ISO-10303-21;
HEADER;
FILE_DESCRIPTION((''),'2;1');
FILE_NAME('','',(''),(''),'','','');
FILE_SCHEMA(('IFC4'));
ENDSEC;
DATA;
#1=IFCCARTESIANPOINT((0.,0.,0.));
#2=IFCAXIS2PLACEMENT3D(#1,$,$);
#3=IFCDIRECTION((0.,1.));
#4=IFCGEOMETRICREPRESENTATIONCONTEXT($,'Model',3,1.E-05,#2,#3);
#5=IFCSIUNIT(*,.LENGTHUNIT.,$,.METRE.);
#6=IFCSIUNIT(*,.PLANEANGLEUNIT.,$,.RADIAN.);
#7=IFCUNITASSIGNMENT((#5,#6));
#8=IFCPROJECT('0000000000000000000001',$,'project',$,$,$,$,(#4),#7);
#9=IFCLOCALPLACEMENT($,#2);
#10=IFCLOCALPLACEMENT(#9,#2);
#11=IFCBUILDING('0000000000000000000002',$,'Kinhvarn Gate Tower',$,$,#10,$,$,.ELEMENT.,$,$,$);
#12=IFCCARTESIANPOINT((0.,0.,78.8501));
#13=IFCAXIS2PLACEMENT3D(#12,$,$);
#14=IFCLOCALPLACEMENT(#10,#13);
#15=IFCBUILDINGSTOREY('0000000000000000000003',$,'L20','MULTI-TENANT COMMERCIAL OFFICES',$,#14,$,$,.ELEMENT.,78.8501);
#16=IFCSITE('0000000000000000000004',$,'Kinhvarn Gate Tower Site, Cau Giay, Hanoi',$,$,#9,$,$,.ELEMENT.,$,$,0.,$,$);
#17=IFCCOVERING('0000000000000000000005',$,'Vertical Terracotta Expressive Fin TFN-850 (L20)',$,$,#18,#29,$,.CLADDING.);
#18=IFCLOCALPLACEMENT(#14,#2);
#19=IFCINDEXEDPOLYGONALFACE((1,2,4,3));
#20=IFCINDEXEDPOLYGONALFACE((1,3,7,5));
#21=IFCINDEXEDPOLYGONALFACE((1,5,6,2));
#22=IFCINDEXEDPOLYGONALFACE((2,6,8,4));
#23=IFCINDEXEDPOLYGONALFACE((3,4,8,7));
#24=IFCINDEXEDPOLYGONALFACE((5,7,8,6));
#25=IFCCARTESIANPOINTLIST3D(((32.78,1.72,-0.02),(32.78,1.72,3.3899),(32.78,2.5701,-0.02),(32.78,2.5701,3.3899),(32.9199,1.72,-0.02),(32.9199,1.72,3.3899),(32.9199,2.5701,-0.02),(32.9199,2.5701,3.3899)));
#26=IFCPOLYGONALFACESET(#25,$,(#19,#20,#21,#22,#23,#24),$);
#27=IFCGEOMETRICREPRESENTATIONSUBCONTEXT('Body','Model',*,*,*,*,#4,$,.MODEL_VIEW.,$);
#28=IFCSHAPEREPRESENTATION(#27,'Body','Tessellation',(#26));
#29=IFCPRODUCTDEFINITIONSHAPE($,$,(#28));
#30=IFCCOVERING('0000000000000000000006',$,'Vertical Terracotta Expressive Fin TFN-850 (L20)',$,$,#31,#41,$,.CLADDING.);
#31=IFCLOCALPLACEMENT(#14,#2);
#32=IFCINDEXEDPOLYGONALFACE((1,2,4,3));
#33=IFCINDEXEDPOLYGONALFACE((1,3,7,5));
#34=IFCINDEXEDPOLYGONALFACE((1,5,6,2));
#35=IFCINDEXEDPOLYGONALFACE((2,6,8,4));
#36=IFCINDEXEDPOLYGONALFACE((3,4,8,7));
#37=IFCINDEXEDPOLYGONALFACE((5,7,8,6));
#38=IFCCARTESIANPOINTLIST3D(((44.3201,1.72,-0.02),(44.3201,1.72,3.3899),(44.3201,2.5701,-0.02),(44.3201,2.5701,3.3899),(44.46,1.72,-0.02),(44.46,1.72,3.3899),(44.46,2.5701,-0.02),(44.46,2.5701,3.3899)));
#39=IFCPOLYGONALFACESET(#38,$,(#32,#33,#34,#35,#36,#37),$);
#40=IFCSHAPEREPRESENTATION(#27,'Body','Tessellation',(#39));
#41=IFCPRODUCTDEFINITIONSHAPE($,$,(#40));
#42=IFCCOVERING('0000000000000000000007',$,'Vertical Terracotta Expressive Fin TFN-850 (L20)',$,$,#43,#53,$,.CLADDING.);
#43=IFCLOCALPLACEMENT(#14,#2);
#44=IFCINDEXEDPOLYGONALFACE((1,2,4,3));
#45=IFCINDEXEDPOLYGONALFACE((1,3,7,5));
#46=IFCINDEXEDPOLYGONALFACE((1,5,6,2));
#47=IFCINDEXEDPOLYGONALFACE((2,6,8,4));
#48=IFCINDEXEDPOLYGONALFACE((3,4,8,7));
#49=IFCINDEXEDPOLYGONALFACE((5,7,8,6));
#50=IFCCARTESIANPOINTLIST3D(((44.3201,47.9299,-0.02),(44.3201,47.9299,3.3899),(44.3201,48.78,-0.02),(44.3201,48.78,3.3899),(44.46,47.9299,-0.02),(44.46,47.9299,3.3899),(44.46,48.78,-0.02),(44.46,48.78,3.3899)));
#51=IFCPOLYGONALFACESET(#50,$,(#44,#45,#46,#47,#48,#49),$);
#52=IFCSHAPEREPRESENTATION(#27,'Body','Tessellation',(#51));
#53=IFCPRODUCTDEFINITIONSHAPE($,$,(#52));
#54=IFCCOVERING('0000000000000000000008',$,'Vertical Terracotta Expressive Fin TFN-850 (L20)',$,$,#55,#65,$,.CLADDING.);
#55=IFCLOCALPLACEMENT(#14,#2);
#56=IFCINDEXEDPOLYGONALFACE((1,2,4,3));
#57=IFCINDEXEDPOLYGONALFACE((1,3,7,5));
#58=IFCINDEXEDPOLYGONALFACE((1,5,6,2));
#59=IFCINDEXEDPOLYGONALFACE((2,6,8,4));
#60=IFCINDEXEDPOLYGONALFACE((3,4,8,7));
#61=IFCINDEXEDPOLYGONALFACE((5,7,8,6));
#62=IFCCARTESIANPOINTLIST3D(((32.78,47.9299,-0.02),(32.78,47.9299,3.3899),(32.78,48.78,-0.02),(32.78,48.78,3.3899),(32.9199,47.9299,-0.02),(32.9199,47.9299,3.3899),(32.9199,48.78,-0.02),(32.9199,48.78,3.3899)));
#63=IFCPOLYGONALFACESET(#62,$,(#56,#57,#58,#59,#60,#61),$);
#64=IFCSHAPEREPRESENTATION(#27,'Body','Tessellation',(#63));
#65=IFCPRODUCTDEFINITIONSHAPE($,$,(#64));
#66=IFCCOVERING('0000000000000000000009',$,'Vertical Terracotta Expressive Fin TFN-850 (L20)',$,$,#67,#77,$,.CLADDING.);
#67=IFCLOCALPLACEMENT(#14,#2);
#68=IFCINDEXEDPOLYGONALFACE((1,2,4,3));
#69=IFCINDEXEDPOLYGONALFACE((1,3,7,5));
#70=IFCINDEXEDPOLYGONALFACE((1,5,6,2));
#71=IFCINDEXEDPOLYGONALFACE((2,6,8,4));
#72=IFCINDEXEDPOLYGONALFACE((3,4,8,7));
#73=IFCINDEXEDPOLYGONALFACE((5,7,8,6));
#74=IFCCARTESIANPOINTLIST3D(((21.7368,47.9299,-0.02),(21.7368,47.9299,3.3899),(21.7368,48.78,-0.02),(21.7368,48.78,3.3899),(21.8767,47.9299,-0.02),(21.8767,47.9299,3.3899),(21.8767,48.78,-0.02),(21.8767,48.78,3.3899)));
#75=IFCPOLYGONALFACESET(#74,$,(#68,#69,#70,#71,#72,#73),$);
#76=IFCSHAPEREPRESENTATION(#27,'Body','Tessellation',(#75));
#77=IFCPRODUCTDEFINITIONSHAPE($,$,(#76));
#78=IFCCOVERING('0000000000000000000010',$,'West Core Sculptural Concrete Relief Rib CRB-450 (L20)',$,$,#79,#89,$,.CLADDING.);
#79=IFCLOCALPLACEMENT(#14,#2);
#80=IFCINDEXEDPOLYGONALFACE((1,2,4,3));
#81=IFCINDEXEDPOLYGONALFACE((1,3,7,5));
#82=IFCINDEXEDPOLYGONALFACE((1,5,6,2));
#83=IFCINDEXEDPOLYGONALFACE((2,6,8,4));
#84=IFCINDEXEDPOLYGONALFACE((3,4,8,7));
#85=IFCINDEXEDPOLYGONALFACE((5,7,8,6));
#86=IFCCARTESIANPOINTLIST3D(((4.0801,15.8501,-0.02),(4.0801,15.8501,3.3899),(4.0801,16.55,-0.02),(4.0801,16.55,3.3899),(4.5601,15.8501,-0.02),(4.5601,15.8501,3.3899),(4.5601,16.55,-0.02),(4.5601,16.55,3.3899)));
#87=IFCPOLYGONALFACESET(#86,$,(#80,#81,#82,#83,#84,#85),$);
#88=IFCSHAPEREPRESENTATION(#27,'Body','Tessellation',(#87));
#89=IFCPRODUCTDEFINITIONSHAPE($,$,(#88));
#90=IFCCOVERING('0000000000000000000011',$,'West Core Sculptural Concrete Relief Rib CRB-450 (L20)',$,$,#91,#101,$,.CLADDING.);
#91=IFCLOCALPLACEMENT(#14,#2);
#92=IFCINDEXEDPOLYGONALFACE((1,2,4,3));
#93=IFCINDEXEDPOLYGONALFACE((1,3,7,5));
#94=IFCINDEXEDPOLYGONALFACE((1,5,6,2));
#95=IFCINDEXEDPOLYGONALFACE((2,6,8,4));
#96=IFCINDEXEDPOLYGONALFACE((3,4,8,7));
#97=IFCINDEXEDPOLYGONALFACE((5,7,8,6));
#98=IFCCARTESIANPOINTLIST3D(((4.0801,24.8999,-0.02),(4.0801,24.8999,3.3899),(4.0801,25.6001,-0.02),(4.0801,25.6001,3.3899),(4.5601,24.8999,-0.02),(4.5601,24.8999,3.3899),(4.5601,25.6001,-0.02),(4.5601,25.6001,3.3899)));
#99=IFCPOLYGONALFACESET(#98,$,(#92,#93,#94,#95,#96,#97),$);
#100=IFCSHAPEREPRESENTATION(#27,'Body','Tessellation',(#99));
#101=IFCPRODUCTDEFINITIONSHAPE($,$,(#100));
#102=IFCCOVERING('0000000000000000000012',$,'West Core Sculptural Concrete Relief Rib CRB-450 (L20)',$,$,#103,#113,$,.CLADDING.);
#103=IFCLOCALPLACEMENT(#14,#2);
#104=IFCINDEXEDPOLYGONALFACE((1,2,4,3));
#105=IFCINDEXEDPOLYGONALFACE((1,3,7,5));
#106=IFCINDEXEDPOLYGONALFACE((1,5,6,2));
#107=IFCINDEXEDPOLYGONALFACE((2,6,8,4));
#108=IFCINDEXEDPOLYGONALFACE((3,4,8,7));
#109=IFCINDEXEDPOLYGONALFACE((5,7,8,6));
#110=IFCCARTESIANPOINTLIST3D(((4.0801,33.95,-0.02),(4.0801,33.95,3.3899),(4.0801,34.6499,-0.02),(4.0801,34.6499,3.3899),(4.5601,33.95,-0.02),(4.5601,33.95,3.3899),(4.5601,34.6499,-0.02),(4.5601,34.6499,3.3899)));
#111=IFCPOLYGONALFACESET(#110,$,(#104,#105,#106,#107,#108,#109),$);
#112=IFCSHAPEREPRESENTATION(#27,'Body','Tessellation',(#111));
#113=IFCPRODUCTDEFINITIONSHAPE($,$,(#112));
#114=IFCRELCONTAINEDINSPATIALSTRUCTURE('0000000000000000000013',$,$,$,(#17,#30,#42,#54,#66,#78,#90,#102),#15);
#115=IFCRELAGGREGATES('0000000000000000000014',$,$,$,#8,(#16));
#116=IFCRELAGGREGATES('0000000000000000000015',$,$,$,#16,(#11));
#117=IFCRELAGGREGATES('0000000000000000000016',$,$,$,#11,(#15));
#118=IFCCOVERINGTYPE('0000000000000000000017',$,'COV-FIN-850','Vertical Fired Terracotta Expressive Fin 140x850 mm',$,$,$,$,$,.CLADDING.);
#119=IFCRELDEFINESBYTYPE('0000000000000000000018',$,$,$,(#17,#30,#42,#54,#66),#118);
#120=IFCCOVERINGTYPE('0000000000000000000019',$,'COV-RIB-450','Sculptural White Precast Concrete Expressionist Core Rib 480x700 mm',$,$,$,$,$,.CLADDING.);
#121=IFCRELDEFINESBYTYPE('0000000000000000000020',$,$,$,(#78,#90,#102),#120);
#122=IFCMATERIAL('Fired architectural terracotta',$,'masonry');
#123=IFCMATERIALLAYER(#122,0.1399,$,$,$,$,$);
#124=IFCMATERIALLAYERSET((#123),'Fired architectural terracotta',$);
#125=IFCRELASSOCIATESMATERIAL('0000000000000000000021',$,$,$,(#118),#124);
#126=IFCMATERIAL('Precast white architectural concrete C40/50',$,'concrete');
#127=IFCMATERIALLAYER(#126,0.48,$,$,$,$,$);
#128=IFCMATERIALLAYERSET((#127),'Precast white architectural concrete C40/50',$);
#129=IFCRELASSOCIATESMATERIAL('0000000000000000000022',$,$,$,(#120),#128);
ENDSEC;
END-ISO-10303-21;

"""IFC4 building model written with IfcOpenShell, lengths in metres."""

from ifc_helpers import new_model, si_unit, direction, frame, origin, place, context, subcontext, project, spatial, polyline, outline, extrude, material, layer, layer_set, type_object, element, save


model = new_model("IFC4")

# Units and contexts
model_context = context("Model", 3, precision=1e-05, world=origin(), true_north=direction((0.0, 1.0)))
body_context = subcontext(model_context, "Body", "Model", "MODEL_VIEW")
ifc_project = project(units=[si_unit("LENGTHUNIT", "METRE"), si_unit("PLANEANGLEUNIT", "RADIAN")], contexts=[model_context])

# Site, building, storey
site_placement = place(None, origin())
site = spatial("IfcSite", under=ifc_project, at=site_placement, Name="Kinhvarn Gate Tower Site, Cau Giay, Hanoi", CompositionType="ELEMENT", RefElevation=0.0)
building_placement = place(site_placement, origin())
building = spatial("IfcBuilding", under=site, at=building_placement, Name="Kinhvarn Gate Tower", CompositionType="ELEMENT")
storey_placement = place(building_placement, frame((0.0, 0.0, 78.8501)))
storey = spatial("IfcBuildingStorey", under=building, at=storey_placement, Name="L20", Description="MULTI-TENANT COMMERCIAL OFFICES", CompositionType="ELEMENT", Elevation=78.8501)

# Shared definitions
ifc_material_1 = material(Name="Precast white architectural concrete C40/50", Category="concrete")

# Coverings
ifc_material_2 = material(Name="Fired architectural terracotta", Category="masonry")
ifc_layer_1 = layer(ifc_material_2, 0.1399)
ifc_layer_set_1 = layer_set([ifc_layer_1], Name="Fired architectural terracotta")
covering_type_1 = type_object("IfcCoveringType", Name="COV-FIN-850", Description="Vertical Fired Terracotta Expressive Fin 140x850 mm", PredefinedType="CLADDING", material=ifc_layer_set_1)
covering_1_placement = place(storey_placement, frame((0.0, 0.0, -0.02)))
element("IfcCovering", 1, at=covering_1_placement, inside=storey, type_object=covering_type_1, Name="Vertical Terracotta Expressive Fin TFN-850 (L20)", PredefinedType="CLADDING", context=body_context, shape_type="SweptSolid", body=[
    extrude(outline(polyline([(32.78, 2.5701), (32.9199, 2.5701), (32.9199, 1.72), (32.78, 1.72), (32.78, 2.5701)])), origin(), (0.0, 0.0, 1.0), 3.4099),
])
covering_2_placement = place(storey_placement, frame((0.0, 0.0, -0.02)))
element("IfcCovering", 2, at=covering_2_placement, inside=storey, type_object=covering_type_1, Name="Vertical Terracotta Expressive Fin TFN-850 (L20)", PredefinedType="CLADDING", context=body_context, shape_type="SweptSolid", body=[
    extrude(outline(polyline([(44.3201, 2.5701), (44.46, 2.5701), (44.46, 1.72), (44.3201, 1.72), (44.3201, 2.5701)])), origin(), (0.0, 0.0, 1.0), 3.4099),
])
covering_3_placement = place(storey_placement, frame((0.0, 0.0, -0.02)))
element("IfcCovering", 3, at=covering_3_placement, inside=storey, type_object=covering_type_1, Name="Vertical Terracotta Expressive Fin TFN-850 (L20)", PredefinedType="CLADDING", context=body_context, shape_type="SweptSolid", body=[
    extrude(outline(polyline([(44.46, 47.9299), (44.3201, 47.9299), (44.3201, 48.78), (44.46, 48.78), (44.46, 47.9299)])), origin(), (0.0, 0.0, 1.0), 3.4099),
])
covering_4_placement = place(storey_placement, frame((0.0, 0.0, -0.02)))
element("IfcCovering", 4, at=covering_4_placement, inside=storey, type_object=covering_type_1, Name="Vertical Terracotta Expressive Fin TFN-850 (L20)", PredefinedType="CLADDING", context=body_context, shape_type="SweptSolid", body=[
    extrude(outline(polyline([(32.9199, 47.9299), (32.78, 47.9299), (32.78, 48.78), (32.9199, 48.78), (32.9199, 47.9299)])), origin(), (0.0, 0.0, 1.0), 3.4099),
])
covering_5_placement = place(storey_placement, frame((0.0, 0.0, -0.02)))
element("IfcCovering", 5, at=covering_5_placement, inside=storey, type_object=covering_type_1, Name="Vertical Terracotta Expressive Fin TFN-850 (L20)", PredefinedType="CLADDING", context=body_context, shape_type="SweptSolid", body=[
    extrude(outline(polyline([(21.8767, 47.9299), (21.7368, 47.9299), (21.7368, 48.78), (21.8767, 48.78), (21.8767, 47.9299)])), origin(), (0.0, 0.0, 1.0), 3.4099),
])
ifc_layer_2 = layer(ifc_material_1, 0.48)
ifc_layer_set_2 = layer_set([ifc_layer_2], Name="Precast white architectural concrete C40/50")
covering_type_2 = type_object("IfcCoveringType", Name="COV-RIB-450", Description="Sculptural White Precast Concrete Expressionist Core Rib 480x700 mm", PredefinedType="CLADDING", material=ifc_layer_set_2)
covering_6_placement = place(storey_placement, frame((0.0, 0.0, -0.02)))
element("IfcCovering", 6, at=covering_6_placement, inside=storey, type_object=covering_type_2, Name="West Core Sculptural Concrete Relief Rib CRB-450 (L20)", PredefinedType="CLADDING", context=body_context, shape_type="SweptSolid", body=[
    extrude(outline(polyline([(4.0801, 15.8501), (4.5601, 15.8501), (4.5601, 16.55), (4.0801, 16.55), (4.0801, 15.8501)])), origin(), (0.0, 0.0, 1.0), 3.4099),
])
covering_7_placement = place(storey_placement, frame((0.0, 0.0, -0.02)))
element("IfcCovering", 7, at=covering_7_placement, inside=storey, type_object=covering_type_2, Name="West Core Sculptural Concrete Relief Rib CRB-450 (L20)", PredefinedType="CLADDING", context=body_context, shape_type="SweptSolid", body=[
    extrude(outline(polyline([(4.0801, 24.8999), (4.5601, 24.8999), (4.5601, 25.6001), (4.0801, 25.6001), (4.0801, 24.8999)])), origin(), (0.0, 0.0, 1.0), 3.4099),
])
covering_8_placement = place(storey_placement, frame((0.0, 0.0, -0.02)))
element("IfcCovering", 8, at=covering_8_placement, inside=storey, type_object=covering_type_2, Name="West Core Sculptural Concrete Relief Rib CRB-450 (L20)", PredefinedType="CLADDING", context=body_context, shape_type="SweptSolid", body=[
    extrude(outline(polyline([(4.0801, 33.95), (4.5601, 33.95), (4.5601, 34.6499), (4.0801, 34.6499), (4.0801, 33.95)])), origin(), (0.0, 0.0, 1.0), 3.4099),
])

save(model, "model.ifc")
